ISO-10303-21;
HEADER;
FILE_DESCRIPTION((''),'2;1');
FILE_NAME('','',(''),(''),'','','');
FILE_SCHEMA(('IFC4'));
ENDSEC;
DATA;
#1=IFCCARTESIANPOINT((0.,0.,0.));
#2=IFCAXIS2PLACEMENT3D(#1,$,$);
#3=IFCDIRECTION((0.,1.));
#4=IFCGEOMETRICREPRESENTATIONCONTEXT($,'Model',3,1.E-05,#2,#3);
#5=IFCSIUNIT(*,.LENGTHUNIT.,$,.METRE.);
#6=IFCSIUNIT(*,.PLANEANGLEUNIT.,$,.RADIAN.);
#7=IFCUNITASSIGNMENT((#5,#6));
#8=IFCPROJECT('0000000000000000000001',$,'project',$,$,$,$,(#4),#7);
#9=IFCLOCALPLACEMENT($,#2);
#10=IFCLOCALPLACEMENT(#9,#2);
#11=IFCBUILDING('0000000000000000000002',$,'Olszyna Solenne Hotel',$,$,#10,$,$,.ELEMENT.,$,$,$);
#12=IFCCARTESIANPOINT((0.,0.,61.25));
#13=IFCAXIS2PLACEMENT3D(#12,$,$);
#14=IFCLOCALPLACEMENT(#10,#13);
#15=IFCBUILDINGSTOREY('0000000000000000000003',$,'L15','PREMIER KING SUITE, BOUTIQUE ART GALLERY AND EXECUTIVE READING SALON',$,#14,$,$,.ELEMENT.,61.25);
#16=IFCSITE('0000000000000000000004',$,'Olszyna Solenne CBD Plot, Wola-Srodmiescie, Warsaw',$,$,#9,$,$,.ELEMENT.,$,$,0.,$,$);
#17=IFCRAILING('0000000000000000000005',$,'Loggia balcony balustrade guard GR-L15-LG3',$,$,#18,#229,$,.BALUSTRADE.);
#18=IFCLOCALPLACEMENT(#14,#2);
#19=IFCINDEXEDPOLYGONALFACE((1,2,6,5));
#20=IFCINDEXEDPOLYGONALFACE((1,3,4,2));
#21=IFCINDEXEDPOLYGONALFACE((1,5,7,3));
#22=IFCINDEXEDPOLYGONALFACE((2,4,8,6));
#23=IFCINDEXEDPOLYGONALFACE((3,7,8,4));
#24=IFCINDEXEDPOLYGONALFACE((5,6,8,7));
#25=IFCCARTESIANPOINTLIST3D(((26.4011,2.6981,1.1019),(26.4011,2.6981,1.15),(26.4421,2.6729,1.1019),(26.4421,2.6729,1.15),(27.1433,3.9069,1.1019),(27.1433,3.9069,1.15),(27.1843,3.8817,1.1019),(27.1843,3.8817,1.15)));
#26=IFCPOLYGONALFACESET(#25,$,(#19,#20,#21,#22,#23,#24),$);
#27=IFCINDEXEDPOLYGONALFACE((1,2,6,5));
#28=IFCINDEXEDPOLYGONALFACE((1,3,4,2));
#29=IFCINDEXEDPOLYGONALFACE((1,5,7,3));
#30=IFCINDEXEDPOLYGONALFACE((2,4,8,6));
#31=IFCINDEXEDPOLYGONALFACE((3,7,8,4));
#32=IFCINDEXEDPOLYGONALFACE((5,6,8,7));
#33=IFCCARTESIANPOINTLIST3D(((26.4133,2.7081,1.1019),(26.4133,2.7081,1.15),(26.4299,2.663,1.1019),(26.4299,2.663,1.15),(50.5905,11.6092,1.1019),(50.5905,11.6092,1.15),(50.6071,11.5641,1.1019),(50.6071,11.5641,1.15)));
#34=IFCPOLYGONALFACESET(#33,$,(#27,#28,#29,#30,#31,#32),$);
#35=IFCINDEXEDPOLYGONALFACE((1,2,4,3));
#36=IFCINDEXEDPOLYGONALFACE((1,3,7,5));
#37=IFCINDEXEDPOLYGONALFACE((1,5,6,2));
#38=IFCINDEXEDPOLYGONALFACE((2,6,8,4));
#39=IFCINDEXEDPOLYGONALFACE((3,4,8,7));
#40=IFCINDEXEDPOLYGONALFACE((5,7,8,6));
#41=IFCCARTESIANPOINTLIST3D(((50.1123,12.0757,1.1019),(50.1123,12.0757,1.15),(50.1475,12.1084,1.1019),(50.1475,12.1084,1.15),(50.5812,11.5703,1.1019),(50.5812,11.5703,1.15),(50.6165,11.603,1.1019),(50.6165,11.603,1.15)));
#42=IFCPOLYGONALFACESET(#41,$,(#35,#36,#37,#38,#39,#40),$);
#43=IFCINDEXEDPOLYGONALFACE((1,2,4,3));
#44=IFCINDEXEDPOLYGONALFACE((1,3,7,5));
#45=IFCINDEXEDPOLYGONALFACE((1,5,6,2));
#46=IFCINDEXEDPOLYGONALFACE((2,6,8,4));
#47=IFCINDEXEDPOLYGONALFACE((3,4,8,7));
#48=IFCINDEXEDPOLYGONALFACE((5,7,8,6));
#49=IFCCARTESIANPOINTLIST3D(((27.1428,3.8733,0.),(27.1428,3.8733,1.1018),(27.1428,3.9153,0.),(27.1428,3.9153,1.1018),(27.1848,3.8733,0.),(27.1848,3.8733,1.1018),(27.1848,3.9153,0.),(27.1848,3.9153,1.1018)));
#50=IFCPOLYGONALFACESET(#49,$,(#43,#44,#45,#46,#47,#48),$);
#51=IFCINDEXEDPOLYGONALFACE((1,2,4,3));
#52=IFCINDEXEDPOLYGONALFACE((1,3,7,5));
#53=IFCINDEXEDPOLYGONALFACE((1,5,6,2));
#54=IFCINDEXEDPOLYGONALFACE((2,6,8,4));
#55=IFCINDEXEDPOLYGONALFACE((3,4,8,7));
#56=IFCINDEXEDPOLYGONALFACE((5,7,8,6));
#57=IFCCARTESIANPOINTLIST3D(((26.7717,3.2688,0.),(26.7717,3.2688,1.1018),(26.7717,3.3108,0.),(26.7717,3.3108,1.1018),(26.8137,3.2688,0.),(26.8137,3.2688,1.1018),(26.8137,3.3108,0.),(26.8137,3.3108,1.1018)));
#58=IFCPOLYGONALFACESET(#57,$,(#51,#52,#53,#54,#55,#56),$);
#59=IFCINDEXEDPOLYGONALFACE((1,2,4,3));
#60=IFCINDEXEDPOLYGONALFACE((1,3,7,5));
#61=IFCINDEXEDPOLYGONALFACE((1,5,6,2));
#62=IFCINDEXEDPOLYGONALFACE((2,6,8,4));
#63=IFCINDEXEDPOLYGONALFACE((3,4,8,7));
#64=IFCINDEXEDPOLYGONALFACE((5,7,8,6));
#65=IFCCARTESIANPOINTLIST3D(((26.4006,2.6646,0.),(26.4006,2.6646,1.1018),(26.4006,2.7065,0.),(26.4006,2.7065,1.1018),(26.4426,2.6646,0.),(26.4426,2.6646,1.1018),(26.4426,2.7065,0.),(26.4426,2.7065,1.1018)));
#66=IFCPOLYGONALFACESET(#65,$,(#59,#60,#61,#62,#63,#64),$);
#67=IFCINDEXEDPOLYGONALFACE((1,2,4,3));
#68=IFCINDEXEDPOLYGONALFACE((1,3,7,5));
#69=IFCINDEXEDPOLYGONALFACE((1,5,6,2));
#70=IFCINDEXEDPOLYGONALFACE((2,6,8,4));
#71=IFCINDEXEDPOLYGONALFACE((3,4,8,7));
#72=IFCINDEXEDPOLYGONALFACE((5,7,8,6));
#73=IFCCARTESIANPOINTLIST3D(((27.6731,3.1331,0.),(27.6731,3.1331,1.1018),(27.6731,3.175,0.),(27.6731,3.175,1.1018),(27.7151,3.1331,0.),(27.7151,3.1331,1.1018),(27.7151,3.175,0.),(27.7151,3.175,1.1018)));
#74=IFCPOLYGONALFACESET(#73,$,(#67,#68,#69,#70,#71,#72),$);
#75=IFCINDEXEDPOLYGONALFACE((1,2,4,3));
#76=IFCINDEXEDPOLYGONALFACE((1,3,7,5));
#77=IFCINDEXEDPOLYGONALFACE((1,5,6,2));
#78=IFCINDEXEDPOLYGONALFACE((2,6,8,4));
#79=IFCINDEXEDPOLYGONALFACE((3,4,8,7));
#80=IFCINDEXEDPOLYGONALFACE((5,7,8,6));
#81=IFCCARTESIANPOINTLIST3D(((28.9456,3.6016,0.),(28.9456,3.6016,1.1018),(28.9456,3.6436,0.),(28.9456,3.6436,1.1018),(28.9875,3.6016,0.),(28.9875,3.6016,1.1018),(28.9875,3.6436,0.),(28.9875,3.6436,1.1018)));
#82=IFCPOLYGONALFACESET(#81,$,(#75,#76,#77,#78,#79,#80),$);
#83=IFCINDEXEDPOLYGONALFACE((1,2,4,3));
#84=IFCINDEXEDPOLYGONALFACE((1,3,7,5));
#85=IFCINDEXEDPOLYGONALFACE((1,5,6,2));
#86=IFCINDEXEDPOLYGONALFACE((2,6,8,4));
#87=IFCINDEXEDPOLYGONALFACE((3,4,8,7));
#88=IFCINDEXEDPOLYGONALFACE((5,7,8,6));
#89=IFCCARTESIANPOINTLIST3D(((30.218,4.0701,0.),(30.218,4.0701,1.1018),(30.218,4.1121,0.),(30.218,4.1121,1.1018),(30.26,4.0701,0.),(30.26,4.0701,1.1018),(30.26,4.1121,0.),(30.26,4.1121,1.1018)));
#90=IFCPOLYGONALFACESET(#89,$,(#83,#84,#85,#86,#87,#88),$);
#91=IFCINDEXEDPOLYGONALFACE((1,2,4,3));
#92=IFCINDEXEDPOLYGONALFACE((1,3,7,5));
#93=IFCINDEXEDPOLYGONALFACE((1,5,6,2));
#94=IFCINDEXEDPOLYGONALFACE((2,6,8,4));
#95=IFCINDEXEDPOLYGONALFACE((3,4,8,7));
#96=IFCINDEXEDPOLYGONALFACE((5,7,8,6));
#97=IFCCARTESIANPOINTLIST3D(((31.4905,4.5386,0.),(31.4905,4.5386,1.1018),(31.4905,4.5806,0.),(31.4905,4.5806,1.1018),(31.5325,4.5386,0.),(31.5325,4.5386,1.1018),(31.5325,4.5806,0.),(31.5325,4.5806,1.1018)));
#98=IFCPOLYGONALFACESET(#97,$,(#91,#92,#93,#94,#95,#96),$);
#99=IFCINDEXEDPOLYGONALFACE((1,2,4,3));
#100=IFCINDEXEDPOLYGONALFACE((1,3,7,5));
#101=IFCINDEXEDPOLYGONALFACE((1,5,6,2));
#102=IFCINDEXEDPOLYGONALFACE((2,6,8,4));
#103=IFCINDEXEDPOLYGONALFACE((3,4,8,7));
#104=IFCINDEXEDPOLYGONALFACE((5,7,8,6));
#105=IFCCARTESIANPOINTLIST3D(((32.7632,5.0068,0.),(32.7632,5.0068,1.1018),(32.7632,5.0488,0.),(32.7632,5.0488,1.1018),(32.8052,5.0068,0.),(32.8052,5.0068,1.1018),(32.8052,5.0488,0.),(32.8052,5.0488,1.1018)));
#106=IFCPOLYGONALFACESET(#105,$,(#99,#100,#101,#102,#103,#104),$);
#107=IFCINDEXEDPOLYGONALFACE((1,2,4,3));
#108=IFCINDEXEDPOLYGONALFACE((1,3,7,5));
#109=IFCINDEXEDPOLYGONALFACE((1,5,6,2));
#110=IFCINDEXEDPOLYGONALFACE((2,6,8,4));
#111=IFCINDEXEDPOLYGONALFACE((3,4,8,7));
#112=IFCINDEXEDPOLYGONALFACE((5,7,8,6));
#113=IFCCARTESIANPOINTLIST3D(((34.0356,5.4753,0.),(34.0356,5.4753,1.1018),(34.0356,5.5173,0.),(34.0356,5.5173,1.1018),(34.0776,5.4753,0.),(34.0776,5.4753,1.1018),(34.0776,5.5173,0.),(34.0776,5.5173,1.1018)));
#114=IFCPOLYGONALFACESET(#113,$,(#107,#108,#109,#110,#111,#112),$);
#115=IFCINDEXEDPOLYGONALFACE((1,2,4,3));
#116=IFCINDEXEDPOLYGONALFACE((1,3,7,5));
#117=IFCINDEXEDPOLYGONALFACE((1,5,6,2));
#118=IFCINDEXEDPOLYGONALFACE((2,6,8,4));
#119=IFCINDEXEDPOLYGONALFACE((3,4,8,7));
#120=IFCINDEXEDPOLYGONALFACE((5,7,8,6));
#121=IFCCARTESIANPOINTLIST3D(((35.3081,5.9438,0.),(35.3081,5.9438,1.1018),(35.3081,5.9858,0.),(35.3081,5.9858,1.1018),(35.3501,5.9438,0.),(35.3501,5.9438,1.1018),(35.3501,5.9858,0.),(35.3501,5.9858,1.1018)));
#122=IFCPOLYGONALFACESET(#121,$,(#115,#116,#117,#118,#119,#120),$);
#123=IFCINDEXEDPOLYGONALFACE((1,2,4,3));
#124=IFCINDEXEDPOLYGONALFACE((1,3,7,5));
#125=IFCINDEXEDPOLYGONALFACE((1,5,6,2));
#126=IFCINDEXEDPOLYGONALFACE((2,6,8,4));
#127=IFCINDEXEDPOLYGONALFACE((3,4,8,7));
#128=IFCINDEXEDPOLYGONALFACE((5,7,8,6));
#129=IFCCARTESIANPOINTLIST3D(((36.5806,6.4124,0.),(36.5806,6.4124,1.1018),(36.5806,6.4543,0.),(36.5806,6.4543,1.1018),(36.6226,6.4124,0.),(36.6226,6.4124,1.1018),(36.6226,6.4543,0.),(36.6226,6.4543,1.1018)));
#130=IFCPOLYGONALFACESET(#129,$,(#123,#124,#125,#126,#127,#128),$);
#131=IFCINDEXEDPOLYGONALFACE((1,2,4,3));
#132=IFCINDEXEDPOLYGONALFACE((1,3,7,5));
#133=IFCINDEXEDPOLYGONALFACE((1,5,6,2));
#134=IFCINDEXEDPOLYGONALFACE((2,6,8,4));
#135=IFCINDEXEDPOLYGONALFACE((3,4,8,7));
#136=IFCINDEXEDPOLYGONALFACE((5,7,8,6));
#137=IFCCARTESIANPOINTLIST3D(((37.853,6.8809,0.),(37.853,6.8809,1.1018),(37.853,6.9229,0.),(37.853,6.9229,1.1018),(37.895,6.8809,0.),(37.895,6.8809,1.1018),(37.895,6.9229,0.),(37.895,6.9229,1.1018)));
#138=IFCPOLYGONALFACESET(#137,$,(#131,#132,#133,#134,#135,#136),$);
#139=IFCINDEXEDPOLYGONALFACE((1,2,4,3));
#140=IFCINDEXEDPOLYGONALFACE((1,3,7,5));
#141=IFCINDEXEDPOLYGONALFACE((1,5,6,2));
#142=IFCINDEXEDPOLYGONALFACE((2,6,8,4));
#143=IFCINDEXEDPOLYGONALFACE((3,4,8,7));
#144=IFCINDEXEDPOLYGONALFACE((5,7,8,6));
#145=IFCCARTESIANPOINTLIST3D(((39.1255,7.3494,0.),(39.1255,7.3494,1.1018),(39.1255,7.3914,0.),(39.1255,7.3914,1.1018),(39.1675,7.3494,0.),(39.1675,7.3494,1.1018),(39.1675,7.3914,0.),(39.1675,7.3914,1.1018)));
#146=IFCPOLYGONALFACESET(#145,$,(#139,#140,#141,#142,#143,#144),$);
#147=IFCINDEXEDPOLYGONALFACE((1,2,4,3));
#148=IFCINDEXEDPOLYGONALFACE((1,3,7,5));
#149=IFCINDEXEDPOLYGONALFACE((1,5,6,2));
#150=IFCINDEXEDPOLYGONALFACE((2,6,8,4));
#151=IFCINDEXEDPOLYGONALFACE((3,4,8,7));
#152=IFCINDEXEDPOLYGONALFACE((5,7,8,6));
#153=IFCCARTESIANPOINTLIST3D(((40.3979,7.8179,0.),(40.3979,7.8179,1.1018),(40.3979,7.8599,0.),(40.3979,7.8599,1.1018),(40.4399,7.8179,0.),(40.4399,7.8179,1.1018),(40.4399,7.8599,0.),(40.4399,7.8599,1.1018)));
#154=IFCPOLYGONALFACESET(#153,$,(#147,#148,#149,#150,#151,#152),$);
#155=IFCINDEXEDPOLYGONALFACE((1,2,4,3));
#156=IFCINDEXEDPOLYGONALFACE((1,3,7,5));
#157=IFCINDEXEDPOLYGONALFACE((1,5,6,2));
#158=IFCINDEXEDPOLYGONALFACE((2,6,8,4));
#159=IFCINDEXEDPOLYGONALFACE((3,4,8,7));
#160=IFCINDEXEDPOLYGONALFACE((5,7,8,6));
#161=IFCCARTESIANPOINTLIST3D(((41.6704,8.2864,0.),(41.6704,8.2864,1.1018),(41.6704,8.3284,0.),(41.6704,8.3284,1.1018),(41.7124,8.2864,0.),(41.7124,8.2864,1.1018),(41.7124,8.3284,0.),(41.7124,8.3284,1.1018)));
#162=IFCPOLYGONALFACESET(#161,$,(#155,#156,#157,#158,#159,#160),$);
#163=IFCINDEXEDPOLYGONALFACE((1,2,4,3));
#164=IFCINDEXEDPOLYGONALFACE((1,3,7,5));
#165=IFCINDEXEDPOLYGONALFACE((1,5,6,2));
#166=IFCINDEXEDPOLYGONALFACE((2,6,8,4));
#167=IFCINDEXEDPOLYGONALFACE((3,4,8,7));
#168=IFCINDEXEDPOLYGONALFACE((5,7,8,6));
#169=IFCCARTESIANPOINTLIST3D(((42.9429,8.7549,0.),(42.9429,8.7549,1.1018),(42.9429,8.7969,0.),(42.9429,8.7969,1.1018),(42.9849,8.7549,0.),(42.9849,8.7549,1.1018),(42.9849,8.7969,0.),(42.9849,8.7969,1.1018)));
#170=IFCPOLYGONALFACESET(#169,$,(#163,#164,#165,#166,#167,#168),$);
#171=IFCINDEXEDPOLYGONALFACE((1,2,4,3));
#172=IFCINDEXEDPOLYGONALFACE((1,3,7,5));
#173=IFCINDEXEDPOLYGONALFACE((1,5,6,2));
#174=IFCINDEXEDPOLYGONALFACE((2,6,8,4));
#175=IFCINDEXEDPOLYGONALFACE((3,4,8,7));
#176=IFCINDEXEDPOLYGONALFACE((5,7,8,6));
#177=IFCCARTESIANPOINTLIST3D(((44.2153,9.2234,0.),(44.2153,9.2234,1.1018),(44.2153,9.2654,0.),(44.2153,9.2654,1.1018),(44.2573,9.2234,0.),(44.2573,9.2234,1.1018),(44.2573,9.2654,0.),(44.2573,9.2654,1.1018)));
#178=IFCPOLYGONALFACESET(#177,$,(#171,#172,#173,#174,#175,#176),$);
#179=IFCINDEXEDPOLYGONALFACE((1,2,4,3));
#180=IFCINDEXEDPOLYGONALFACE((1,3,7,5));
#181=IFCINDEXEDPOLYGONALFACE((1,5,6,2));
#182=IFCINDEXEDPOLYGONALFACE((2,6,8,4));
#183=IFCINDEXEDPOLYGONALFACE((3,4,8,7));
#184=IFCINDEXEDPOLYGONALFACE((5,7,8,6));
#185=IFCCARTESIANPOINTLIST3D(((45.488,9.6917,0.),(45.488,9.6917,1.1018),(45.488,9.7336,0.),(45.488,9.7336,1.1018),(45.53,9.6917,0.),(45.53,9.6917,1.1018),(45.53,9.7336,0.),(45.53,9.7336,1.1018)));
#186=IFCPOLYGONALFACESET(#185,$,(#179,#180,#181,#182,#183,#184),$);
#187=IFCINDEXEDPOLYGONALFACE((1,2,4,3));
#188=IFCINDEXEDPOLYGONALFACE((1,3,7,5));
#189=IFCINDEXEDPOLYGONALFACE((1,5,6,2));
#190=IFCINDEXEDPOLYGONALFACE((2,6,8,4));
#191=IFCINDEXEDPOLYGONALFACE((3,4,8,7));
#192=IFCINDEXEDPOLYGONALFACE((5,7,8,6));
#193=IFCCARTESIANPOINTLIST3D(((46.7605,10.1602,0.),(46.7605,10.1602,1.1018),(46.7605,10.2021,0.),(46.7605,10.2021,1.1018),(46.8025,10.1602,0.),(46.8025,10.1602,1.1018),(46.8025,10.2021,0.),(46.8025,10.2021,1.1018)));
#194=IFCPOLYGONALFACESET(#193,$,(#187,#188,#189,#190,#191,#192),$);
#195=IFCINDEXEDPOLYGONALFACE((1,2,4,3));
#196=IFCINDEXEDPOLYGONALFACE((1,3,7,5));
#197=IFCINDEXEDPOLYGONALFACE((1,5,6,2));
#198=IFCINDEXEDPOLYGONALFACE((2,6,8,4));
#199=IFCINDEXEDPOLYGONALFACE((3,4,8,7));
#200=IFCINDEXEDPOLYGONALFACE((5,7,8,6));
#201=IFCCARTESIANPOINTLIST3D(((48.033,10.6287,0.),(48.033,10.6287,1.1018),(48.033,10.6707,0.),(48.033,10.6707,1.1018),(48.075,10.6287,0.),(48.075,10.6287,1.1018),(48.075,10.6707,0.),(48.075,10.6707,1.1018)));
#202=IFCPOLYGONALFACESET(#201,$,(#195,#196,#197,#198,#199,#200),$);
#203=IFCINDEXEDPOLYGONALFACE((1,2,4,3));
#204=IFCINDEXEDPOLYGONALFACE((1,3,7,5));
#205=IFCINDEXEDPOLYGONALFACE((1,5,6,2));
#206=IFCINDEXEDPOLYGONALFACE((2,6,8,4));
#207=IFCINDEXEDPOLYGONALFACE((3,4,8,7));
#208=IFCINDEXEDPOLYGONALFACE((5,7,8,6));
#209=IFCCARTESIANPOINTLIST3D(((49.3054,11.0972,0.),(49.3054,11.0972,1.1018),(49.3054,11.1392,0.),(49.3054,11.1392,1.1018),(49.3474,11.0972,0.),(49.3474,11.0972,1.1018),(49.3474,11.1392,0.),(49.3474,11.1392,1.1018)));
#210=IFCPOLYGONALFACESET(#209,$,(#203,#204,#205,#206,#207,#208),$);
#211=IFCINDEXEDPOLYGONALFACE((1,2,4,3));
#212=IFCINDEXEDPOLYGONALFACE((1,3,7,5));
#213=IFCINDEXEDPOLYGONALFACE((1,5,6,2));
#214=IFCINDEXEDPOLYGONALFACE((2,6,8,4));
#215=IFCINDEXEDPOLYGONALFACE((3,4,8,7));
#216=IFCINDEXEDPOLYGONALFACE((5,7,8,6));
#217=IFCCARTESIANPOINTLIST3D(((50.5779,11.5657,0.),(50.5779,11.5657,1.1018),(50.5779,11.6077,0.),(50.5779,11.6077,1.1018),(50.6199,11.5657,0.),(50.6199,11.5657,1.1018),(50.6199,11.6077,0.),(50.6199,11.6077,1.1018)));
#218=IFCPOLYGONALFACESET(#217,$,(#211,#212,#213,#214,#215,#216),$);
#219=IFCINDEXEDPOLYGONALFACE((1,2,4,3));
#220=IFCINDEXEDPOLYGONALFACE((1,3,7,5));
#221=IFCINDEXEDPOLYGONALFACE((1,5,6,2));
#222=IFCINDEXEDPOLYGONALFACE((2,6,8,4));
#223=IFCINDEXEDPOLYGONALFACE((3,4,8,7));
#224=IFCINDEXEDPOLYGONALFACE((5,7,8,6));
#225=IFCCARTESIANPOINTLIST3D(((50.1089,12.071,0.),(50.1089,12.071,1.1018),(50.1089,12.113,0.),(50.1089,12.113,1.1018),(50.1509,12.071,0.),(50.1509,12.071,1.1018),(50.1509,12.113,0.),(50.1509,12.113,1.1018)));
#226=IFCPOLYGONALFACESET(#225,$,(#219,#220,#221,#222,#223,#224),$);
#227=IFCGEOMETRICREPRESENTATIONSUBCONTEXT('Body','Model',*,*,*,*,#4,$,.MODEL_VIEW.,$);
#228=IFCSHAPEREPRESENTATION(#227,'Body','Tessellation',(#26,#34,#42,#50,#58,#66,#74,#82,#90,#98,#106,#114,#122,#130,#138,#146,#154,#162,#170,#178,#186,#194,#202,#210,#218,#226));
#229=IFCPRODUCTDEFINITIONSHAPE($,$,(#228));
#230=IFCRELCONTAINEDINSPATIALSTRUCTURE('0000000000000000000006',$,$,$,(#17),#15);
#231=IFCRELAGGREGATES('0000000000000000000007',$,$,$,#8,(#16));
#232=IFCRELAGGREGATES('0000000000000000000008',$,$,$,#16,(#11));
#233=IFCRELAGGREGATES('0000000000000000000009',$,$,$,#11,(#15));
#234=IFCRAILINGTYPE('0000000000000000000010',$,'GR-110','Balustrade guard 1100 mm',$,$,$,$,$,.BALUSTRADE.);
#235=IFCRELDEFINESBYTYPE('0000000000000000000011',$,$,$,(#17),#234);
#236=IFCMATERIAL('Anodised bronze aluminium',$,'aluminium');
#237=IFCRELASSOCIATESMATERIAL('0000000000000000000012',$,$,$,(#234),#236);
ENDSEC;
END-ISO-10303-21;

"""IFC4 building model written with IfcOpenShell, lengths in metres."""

from ifc_helpers import new_model, si_unit, direction, frame, origin, origin_2d, place, context, subcontext, project, spatial, rectangle, extrude, material, type_object, element, save


model = new_model("IFC4")

# Units and contexts
model_context = context("Model", 3, precision=1e-05, world=origin(), true_north=direction((0.0, 1.0)))
body_context = subcontext(model_context, "Body", "Model", "MODEL_VIEW")
ifc_project = project(units=[si_unit("LENGTHUNIT", "METRE"), si_unit("PLANEANGLEUNIT", "RADIAN")], contexts=[model_context])

# Site, building, storey
site_placement = place(None, origin())
site = spatial("IfcSite", under=ifc_project, at=site_placement, Name="Olszyna Solenne CBD Plot, Wola-Srodmiescie, Warsaw", CompositionType="ELEMENT", RefElevation=0.0)
building_placement = place(site_placement, origin())
building = spatial("IfcBuilding", under=site, at=building_placement, Name="Olszyna Solenne Hotel", CompositionType="ELEMENT")
storey_placement = place(building_placement, frame((0.0, 0.0, 61.25)))
storey = spatial("IfcBuildingStorey", under=building, at=storey_placement, Name="L15", Description="PREMIER KING SUITE, BOUTIQUE ART GALLERY AND EXECUTIVE READING SALON", CompositionType="ELEMENT", Elevation=61.25)

# Railing
ifc_material_1 = material(Name="Anodised bronze aluminium", Category="aluminium")
railing_type = type_object("IfcRailingType", Name="GR-110", Description="Balustrade guard 1100 mm", PredefinedType="BALUSTRADE", material=ifc_material_1)
railing_placement = place(storey_placement, frame((27.1638, 3.8943, 0.0)))
element("IfcRailing", 1, at=railing_placement, inside=storey, type_object=railing_type, Name="Loggia balcony balustrade guard GR-L15-LG3", PredefinedType="BALUSTRADE", context=body_context, shape_type="SweptSolid", body=[
    extrude(rectangle(XDim=0.0481, YDim=0.0481, at=origin_2d()), frame((0.0, 0.0, 1.126), z_axis=(-0.523252, -0.852178, 0.0), x_axis=(0.852178, -0.523252, 0.0)), (0.0, 0.0, 1.0), 1.4185),
    extrude(rectangle(XDim=0.0481, YDim=0.0481, at=origin_2d()), frame((-0.7422, -1.2087, 1.126), z_axis=(0.938422, 0.345491, 0.0), x_axis=(-0.345491, 0.938422, 0.0)), (0.0, 0.0, 1.0), 25.7637),
    extrude(rectangle(XDim=0.0481, YDim=0.0481, at=origin_2d()), frame((23.4351, 7.6924, 1.126), z_axis=(-0.680234, 0.732995, 0.0), x_axis=(-0.732995, -0.680234, 0.0)), (0.0, 0.0, 1.0), 0.6895),
    extrude(rectangle(XDim=0.042, YDim=0.042, at=origin_2d()), origin(), (0.0, 0.0, 1.0), 1.1018),
    extrude(rectangle(XDim=0.042, YDim=0.042, at=origin_2d()), frame((-0.3711, -0.6045, 0.0)), (0.0, 0.0, 1.0), 1.1018),
    extrude(rectangle(XDim=0.042, YDim=0.042, at=origin_2d()), frame((-0.7422, -1.2087, 0.0)), (0.0, 0.0, 1.0), 1.1018),
    extrude(rectangle(XDim=0.042, YDim=0.042, at=origin_2d()), frame((0.5303, -0.7402, 0.0)), (0.0, 0.0, 1.0), 1.1018),
    extrude(rectangle(XDim=0.042, YDim=0.042, at=origin_2d()), frame((1.8027, -0.2717, 0.0)), (0.0, 0.0, 1.0), 1.1018),
    extrude(rectangle(XDim=0.042, YDim=0.042, at=origin_2d()), frame((3.0752, 0.1968, 0.0)), (0.0, 0.0, 1.0), 1.1018),
    extrude(rectangle(XDim=0.042, YDim=0.042, at=origin_2d()), frame((4.3477, 0.6653, 0.0)), (0.0, 0.0, 1.0), 1.1018),
    extrude(rectangle(XDim=0.042, YDim=0.042, at=origin_2d()), frame((5.6204, 1.1335, 0.0)), (0.0, 0.0, 1.0), 1.1018),
    extrude(rectangle(XDim=0.042, YDim=0.042, at=origin_2d()), frame((6.8928, 1.6021, 0.0)), (0.0, 0.0, 1.0), 1.1018),
    extrude(rectangle(XDim=0.042, YDim=0.042, at=origin_2d()), frame((8.1653, 2.0706, 0.0)), (0.0, 0.0, 1.0), 1.1018),
    extrude(rectangle(XDim=0.042, YDim=0.042, at=origin_2d()), frame((9.4377, 2.5391, 0.0)), (0.0, 0.0, 1.0), 1.1018),
    extrude(rectangle(XDim=0.042, YDim=0.042, at=origin_2d()), frame((10.7102, 3.0076, 0.0)), (0.0, 0.0, 1.0), 1.1018),
    extrude(rectangle(XDim=0.042, YDim=0.042, at=origin_2d()), frame((11.9827, 3.4761, 0.0)), (0.0, 0.0, 1.0), 1.1018),
    extrude(rectangle(XDim=0.042, YDim=0.042, at=origin_2d()), frame((13.2551, 3.9446, 0.0)), (0.0, 0.0, 1.0), 1.1018),
    extrude(rectangle(XDim=0.042, YDim=0.042, at=origin_2d()), frame((14.5276, 4.4131, 0.0)), (0.0, 0.0, 1.0), 1.1018),
    extrude(rectangle(XDim=0.042, YDim=0.042, at=origin_2d()), frame((15.8, 4.8816, 0.0)), (0.0, 0.0, 1.0), 1.1018),
    extrude(rectangle(XDim=0.042, YDim=0.042, at=origin_2d()), frame((17.0725, 5.3501, 0.0)), (0.0, 0.0, 1.0), 1.1018),
    extrude(rectangle(XDim=0.042, YDim=0.042, at=origin_2d()), frame((18.3452, 5.8184, 0.0)), (0.0, 0.0, 1.0), 1.1018),
    extrude(rectangle(XDim=0.042, YDim=0.042, at=origin_2d()), frame((19.6177, 6.2869, 0.0)), (0.0, 0.0, 1.0), 1.1018),
    extrude(rectangle(XDim=0.042, YDim=0.042, at=origin_2d()), frame((20.8901, 6.7554, 0.0)), (0.0, 0.0, 1.0), 1.1018),
    extrude(rectangle(XDim=0.042, YDim=0.042, at=origin_2d()), frame((22.1626, 7.2239, 0.0)), (0.0, 0.0, 1.0), 1.1018),
    extrude(rectangle(XDim=0.042, YDim=0.042, at=origin_2d()), frame((23.4351, 7.6924, 0.0)), (0.0, 0.0, 1.0), 1.1018),
    extrude(rectangle(XDim=0.042, YDim=0.042, at=origin_2d()), frame((22.9661, 8.1978, 0.0)), (0.0, 0.0, 1.0), 1.1018),
])

save(model, "model.ifc")
